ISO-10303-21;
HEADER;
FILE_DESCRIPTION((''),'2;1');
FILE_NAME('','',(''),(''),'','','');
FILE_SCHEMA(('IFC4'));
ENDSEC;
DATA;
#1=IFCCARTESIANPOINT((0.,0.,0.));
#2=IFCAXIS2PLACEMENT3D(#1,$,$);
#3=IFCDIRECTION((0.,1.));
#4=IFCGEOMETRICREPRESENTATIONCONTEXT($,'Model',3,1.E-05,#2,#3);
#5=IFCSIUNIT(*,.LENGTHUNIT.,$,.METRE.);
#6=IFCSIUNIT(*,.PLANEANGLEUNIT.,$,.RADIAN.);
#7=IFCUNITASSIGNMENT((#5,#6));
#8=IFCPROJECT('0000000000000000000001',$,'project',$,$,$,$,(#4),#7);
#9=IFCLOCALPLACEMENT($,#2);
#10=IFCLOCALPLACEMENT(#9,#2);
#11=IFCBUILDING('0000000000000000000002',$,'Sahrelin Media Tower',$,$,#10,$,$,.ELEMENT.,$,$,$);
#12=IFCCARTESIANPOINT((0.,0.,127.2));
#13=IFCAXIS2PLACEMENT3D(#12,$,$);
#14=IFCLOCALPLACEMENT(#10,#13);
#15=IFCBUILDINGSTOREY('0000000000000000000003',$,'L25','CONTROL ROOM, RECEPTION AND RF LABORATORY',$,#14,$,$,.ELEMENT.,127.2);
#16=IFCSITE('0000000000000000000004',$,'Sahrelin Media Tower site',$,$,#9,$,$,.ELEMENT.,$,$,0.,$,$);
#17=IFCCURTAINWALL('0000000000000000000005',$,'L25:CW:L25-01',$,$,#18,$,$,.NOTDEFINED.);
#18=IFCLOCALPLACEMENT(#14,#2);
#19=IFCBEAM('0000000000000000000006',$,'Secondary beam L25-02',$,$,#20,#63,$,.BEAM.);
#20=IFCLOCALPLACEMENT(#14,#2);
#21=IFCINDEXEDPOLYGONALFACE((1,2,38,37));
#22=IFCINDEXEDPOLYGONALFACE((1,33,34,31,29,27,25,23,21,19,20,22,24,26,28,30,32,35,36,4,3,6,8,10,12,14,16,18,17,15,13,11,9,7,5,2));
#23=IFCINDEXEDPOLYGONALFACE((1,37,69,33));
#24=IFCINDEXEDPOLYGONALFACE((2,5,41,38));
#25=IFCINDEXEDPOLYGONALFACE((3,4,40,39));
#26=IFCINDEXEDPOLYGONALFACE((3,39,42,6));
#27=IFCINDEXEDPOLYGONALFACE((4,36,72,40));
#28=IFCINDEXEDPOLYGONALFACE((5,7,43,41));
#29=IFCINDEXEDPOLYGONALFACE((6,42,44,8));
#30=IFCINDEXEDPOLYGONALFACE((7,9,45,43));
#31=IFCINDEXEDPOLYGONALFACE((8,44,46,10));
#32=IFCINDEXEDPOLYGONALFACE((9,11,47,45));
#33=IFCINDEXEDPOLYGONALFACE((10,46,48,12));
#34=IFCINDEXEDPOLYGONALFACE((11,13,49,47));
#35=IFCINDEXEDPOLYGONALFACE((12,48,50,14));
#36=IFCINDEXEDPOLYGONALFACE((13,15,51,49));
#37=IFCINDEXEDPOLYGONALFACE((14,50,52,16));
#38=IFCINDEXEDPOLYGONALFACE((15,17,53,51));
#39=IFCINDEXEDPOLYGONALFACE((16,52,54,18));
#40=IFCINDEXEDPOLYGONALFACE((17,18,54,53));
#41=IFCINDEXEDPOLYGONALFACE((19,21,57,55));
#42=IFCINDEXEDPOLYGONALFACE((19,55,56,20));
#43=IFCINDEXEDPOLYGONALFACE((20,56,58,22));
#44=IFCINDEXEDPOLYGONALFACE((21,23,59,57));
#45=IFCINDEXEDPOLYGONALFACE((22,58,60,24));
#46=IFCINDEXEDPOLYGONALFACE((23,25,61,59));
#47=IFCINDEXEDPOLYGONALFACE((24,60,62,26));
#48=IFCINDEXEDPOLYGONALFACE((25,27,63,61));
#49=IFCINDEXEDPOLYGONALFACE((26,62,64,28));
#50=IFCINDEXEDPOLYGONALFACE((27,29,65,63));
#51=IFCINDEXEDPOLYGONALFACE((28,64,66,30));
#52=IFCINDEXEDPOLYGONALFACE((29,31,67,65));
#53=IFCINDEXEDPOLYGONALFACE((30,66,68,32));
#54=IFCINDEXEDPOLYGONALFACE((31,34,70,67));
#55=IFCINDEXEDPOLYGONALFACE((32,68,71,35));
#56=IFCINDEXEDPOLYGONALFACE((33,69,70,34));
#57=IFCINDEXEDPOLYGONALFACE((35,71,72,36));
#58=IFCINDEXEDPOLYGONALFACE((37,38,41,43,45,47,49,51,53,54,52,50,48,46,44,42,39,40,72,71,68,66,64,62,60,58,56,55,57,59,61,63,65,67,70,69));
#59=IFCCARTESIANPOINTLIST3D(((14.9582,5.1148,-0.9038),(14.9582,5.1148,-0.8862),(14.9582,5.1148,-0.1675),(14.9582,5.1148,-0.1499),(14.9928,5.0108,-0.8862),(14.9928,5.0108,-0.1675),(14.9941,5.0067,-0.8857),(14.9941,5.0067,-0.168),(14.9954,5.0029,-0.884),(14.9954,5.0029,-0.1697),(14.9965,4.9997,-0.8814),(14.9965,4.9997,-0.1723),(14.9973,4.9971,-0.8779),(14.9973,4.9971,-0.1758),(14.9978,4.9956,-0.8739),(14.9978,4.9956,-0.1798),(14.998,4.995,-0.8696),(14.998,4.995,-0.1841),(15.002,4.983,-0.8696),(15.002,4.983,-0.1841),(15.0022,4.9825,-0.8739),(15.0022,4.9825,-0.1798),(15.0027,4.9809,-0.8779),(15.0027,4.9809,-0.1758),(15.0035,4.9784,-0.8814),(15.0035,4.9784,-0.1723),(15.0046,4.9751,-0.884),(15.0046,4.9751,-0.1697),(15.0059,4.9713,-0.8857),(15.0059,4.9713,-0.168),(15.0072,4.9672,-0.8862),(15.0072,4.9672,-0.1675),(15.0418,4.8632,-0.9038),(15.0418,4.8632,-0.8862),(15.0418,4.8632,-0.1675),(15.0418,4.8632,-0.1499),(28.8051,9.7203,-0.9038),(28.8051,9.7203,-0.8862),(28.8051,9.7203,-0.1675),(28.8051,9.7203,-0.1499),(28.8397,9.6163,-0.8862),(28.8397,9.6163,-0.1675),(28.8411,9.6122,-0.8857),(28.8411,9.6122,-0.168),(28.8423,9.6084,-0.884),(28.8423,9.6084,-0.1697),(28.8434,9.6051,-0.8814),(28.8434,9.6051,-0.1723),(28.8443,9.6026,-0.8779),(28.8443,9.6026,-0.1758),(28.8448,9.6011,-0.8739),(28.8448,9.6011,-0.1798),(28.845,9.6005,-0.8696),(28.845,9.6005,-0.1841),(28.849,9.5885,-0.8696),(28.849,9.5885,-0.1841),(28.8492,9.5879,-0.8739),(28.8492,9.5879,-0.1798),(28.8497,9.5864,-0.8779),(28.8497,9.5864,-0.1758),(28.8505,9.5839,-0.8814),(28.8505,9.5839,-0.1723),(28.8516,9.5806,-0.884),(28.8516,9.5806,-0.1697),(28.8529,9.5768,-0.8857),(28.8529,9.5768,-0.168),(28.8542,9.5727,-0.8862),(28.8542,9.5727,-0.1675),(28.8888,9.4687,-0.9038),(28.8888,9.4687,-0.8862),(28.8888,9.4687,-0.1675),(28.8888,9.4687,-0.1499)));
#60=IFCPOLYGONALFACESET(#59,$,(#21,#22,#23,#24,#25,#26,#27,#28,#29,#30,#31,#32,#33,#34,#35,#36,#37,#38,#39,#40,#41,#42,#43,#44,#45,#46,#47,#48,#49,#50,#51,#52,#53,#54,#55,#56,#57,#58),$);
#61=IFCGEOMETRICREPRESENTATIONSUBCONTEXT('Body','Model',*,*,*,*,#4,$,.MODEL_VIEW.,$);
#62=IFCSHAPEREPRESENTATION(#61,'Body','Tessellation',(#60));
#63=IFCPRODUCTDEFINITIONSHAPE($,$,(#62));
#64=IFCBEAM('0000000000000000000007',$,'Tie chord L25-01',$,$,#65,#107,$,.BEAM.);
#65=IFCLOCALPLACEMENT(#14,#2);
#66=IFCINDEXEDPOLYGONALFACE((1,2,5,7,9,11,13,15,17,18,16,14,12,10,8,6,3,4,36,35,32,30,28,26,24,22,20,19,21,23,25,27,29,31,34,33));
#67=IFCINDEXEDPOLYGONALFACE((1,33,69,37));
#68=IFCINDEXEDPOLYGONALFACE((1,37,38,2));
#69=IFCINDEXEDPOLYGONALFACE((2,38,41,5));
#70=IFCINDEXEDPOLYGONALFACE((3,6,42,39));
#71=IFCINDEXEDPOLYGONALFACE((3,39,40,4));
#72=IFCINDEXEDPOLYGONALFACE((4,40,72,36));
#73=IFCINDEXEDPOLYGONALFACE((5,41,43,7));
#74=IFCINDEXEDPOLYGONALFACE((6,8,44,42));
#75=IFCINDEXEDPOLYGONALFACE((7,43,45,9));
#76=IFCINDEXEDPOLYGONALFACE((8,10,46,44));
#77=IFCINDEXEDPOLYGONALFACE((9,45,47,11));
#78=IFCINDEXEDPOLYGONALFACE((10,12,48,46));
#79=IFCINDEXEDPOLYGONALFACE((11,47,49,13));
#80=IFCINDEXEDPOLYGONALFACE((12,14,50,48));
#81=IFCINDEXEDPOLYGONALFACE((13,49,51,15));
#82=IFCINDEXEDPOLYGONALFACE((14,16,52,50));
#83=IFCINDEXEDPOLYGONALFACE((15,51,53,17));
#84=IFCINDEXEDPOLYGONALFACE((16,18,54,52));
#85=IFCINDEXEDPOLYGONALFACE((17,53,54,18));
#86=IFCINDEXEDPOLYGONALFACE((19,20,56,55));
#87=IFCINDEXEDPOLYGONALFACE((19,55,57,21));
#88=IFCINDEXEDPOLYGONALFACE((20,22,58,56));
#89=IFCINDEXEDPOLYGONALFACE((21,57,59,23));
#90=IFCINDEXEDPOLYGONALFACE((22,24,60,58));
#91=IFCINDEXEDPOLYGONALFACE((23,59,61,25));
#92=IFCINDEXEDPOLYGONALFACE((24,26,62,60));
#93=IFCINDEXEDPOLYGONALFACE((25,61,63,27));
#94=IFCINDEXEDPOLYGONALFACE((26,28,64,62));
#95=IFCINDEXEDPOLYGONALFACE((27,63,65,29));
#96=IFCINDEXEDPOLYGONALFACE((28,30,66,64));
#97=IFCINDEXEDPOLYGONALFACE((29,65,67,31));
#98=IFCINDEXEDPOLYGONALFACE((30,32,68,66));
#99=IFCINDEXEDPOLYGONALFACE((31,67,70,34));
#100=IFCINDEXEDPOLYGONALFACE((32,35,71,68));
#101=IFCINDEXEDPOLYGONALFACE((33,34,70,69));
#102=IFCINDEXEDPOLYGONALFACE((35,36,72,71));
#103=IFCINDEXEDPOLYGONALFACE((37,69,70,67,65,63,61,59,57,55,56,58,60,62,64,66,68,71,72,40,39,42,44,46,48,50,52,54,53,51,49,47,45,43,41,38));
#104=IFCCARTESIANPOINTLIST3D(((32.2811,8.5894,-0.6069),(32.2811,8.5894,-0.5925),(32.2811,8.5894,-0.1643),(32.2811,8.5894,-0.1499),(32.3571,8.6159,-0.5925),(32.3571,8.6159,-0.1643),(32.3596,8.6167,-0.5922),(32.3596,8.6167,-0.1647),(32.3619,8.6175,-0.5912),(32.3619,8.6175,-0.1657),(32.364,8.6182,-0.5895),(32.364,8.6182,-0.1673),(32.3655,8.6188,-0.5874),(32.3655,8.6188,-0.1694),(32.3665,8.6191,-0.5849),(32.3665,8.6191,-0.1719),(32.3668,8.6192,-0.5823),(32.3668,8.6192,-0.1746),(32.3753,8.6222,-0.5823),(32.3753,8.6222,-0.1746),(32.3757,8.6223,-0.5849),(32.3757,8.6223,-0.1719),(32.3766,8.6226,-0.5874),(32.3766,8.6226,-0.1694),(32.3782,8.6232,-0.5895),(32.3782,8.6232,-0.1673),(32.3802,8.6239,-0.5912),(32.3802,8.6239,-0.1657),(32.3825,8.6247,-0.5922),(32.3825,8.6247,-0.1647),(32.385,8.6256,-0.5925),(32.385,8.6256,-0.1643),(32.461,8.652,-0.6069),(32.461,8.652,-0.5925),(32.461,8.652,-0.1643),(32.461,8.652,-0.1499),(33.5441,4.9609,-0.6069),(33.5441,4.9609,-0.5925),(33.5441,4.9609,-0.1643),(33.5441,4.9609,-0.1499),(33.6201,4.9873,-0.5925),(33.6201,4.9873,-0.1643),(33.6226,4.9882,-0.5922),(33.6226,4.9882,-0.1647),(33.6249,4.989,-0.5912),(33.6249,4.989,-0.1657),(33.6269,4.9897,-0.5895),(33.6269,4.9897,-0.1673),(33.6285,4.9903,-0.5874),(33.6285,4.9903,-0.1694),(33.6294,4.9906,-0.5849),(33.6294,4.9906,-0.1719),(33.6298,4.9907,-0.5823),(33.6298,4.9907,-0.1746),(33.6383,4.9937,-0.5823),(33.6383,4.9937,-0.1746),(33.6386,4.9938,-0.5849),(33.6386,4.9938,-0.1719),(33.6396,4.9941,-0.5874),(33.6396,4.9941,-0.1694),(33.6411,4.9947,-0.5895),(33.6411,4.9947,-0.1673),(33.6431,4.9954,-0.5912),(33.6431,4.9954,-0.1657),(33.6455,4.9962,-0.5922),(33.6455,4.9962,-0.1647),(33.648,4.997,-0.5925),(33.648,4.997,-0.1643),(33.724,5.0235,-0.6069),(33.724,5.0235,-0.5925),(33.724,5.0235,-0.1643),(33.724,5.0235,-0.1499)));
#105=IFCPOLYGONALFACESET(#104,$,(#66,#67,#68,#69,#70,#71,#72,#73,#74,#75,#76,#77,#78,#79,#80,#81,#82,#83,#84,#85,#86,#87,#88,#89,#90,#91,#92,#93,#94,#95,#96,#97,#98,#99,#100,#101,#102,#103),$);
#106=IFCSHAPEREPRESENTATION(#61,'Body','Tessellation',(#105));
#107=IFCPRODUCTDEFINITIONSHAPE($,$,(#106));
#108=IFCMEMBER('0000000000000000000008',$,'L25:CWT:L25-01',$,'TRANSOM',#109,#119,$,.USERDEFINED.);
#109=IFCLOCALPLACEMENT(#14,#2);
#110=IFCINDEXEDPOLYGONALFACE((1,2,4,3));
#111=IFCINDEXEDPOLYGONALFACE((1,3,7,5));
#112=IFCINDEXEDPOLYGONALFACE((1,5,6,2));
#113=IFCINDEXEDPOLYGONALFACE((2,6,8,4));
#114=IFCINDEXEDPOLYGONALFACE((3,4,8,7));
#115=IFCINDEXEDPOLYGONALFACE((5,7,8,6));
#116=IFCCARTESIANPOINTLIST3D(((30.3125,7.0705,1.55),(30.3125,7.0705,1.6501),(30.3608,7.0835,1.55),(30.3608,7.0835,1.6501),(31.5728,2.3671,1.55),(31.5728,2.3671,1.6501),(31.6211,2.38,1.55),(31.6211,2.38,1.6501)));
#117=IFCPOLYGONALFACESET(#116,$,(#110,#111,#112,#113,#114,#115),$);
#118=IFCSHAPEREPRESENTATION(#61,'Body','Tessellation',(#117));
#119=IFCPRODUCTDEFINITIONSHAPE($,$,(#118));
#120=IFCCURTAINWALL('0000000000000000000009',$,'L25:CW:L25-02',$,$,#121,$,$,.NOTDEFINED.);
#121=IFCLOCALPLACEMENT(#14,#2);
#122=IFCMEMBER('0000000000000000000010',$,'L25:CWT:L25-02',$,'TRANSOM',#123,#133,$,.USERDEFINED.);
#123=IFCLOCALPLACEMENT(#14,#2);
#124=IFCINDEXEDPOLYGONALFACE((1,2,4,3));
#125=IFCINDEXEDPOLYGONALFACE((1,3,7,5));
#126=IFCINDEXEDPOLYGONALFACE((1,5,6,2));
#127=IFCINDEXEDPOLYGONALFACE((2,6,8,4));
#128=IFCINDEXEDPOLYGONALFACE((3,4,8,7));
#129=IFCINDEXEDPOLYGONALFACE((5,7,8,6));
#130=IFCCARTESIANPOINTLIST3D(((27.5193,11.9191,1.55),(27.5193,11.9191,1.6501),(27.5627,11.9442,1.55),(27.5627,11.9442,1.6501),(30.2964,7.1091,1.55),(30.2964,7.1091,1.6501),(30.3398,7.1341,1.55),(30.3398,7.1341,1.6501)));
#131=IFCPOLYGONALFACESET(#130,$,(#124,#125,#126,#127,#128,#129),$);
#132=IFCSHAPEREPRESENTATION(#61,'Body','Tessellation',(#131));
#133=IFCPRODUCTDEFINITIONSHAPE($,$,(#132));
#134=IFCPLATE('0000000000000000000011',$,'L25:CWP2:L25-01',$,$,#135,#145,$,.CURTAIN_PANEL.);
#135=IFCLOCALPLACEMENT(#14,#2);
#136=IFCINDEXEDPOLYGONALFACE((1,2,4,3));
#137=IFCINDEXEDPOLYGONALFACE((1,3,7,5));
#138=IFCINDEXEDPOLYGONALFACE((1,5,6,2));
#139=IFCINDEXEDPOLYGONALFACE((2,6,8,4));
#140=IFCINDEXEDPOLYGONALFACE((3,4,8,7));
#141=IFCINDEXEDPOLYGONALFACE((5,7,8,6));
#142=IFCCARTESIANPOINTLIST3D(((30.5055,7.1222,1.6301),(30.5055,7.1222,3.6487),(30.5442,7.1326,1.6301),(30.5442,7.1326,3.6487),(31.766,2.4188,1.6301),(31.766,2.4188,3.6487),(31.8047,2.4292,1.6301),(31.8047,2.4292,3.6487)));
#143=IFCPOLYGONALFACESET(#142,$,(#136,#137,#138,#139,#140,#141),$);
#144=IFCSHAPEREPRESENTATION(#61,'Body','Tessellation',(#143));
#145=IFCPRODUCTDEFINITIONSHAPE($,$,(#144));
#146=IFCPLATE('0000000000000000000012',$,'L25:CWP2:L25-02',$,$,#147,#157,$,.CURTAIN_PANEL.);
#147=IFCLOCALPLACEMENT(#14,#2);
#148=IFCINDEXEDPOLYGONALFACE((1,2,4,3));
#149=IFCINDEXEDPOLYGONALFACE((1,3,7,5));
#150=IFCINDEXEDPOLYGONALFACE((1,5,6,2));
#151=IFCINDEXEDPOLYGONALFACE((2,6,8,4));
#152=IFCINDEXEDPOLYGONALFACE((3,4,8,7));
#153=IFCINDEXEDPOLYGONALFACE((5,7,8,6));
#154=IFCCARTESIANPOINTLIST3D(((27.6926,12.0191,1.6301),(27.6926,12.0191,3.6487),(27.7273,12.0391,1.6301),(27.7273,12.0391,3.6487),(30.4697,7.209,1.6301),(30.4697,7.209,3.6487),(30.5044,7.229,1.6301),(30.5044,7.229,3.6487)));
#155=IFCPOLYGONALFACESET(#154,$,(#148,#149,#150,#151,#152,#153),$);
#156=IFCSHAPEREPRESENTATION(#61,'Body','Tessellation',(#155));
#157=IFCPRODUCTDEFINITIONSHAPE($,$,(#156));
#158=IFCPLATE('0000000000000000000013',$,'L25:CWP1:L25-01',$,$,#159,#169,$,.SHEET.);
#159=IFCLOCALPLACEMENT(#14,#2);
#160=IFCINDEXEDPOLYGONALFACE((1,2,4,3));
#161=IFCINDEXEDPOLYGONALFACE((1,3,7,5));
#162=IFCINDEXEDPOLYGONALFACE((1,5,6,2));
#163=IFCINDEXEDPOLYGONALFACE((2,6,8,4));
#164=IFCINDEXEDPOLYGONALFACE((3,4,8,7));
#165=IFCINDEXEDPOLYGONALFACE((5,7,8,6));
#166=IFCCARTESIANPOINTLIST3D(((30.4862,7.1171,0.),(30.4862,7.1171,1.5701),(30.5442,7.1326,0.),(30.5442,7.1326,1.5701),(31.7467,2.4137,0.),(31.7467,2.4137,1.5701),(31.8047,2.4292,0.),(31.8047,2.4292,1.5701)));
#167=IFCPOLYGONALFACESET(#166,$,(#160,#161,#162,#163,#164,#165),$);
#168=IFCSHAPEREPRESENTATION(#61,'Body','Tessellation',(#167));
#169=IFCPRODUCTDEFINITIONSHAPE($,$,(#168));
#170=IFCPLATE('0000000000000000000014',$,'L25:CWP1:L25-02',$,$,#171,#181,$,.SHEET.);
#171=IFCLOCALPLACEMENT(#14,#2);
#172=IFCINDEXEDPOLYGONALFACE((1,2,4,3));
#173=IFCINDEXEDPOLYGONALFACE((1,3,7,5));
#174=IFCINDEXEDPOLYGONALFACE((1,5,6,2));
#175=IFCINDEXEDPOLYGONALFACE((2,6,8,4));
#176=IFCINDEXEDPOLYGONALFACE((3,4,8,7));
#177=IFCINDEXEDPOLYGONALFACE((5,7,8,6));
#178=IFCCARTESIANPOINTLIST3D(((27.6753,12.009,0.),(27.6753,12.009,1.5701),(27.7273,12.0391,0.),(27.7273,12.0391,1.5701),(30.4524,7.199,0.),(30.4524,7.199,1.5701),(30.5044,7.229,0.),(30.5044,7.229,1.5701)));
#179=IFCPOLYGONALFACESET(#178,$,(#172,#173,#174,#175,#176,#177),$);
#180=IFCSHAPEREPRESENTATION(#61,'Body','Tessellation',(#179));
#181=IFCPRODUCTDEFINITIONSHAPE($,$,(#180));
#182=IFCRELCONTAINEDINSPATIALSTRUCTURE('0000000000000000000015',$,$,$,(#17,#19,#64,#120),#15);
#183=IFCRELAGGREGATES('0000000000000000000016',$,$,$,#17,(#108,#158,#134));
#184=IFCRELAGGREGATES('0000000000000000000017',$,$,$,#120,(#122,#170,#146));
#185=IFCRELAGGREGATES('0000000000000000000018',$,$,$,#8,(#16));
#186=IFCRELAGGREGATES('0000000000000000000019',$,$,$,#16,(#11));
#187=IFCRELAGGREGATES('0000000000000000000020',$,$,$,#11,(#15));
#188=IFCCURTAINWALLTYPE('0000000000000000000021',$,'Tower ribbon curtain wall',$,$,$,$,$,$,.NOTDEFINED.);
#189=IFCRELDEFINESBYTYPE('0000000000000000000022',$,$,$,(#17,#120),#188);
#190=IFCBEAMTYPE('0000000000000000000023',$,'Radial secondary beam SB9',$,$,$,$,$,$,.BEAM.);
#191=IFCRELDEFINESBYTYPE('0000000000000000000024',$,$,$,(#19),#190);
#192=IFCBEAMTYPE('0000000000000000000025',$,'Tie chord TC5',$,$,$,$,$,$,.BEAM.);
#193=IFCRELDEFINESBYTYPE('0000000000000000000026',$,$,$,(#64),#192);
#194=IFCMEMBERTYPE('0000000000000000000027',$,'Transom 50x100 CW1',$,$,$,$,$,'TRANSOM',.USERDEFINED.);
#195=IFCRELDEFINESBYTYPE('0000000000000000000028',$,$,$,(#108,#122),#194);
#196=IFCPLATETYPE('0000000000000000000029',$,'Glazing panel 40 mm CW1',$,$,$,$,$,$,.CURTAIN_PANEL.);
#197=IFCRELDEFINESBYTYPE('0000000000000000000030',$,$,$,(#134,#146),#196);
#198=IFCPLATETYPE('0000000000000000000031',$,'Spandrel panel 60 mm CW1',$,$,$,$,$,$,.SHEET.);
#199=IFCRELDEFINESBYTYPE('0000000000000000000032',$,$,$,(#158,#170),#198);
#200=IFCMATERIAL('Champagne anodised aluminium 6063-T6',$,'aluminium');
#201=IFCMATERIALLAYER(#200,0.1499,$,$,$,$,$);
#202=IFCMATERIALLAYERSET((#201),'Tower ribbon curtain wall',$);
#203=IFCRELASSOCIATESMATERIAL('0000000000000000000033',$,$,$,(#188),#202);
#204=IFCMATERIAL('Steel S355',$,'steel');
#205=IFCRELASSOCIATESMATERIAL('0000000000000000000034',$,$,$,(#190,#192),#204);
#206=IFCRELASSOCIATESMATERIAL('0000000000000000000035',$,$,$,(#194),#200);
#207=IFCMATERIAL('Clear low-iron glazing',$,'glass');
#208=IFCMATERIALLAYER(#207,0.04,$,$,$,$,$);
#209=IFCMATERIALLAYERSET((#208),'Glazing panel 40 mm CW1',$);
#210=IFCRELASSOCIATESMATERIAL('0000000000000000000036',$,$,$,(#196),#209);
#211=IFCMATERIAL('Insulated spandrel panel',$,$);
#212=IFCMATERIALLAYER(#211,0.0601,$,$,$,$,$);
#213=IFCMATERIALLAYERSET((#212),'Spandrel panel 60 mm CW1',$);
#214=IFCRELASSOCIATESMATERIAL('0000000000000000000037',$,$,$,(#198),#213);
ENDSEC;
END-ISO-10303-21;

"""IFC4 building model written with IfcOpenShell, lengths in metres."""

from ifc_helpers import new_model, si_unit, direction, frame, origin, origin_2d, place, context, subcontext, project, spatial, polyline, rectangle, i_section, outline, extrude, material, layer, layer_set, material_profile, profile_set, type_object, element, aggregate, save


model = new_model("IFC4")

# Units and contexts
model_context = context("Model", 3, precision=1e-05, world=origin(), true_north=direction((0.0, 1.0)))
body_context = subcontext(model_context, "Body", "Model", "MODEL_VIEW")
ifc_project = project(units=[si_unit("LENGTHUNIT", "METRE"), si_unit("PLANEANGLEUNIT", "RADIAN")], contexts=[model_context])

# Site, building, storey
site_placement = place(None, origin())
site = spatial("IfcSite", under=ifc_project, at=site_placement, Name="Sahrelin Media Tower site", CompositionType="ELEMENT", RefElevation=0.0)
building_placement = place(site_placement, origin())
building = spatial("IfcBuilding", under=site, at=building_placement, Name="Sahrelin Media Tower", CompositionType="ELEMENT")
storey_placement = place(building_placement, frame((0.0, 0.0, 127.2)))
storey = spatial("IfcBuildingStorey", under=building, at=storey_placement, Name="L25", Description="CONTROL ROOM, RECEPTION AND RF LABORATORY", CompositionType="ELEMENT", Elevation=127.2)

# Shared definitions
ifc_material_1 = material(Name="Steel S355", Category="steel")

# Curtain wall
ifc_material_2 = material(Name="Champagne anodised aluminium 6063-T6", Category="aluminium")
ifc_layer_1 = layer(ifc_material_2, 0.1499)
ifc_layer_set_1 = layer_set([ifc_layer_1], Name="Tower ribbon curtain wall")
curtain_wall_type = type_object("IfcCurtainWallType", Name="Tower ribbon curtain wall", PredefinedType="NOTDEFINED", material=ifc_layer_set_1)
curtain_wall_1_placement = place(storey_placement, frame((31.155, 4.7756, 0.0), z_axis=(0.0, 0.0, 1.0), x_axis=(1.0, 0.0, 0.0)))
curtain_wall_1 = element("IfcCurtainWall", 1, at=curtain_wall_1_placement, inside=storey, type_object=curtain_wall_type, Name="L25:CW:L25-01", PredefinedType="NOTDEFINED")

# Beams
ifc_material_profile_1 = material_profile(ifc_material_1, i_section(OverallWidth=0.2651, OverallDepth=0.7539, WebThickness=0.0127, FlangeThickness=0.0176, FilletRadius=0.0166, at=origin_2d()), Name="UB 762x267x147")
ifc_profile_set_1 = profile_set([ifc_material_profile_1], Name="Steel S355")
beam_type_1 = type_object("IfcBeamType", Name="Radial secondary beam SB9", PredefinedType="BEAM", material=ifc_profile_set_1)
beam_1_placement = place(storey_placement, frame((15.0, 4.989, -0.5269), z_axis=(0.948892, 0.3156, 0.0), x_axis=(-0.3156, 0.948892, 0.0)))
element("IfcBeam", 2, at=beam_1_placement, inside=storey, type_object=beam_type_1, Name="Secondary beam L25-02", PredefinedType="BEAM", context=body_context, shape_type="SweptSolid", body=[
    extrude(i_section(OverallWidth=0.2651, OverallDepth=0.7539, WebThickness=0.0127, FlangeThickness=0.0176, FilletRadius=0.0166, at=origin_2d()), origin(), (0.0, 0.0, 1.0), 14.5928),
])
ifc_material_profile_2 = material_profile(ifc_material_1, i_section(OverallWidth=0.1904, OverallDepth=0.457, WebThickness=0.009, FlangeThickness=0.0144, FilletRadius=0.0103, at=origin_2d()), Name="UB 457x191x74")
ifc_profile_set_2 = profile_set([ifc_material_profile_2], Name="Steel S355")
beam_type_2 = type_object("IfcBeamType", Name="Tie chord TC5", PredefinedType="BEAM", material=ifc_profile_set_2)
beam_2_placement = place(storey_placement, frame((33.634, 4.9922, -0.3784), z_axis=(-0.328725, 0.944426, 0.0), x_axis=(-0.944426, -0.328725, 0.0)))
element("IfcBeam", 3, at=beam_2_placement, inside=storey, type_object=beam_type_2, Name="Tie chord L25-01", PredefinedType="BEAM", context=body_context, shape_type="SweptSolid", body=[
    extrude(i_section(OverallWidth=0.1904, OverallDepth=0.457, WebThickness=0.009, FlangeThickness=0.0144, FilletRadius=0.0103, at=origin_2d()), origin(), (0.0, 0.0, 1.0), 3.842),
])

# Member
ifc_material_profile_3 = material_profile(ifc_material_2, rectangle(XDim=0.05, YDim=0.1001, at=origin_2d()), Name="Transom 50x100")
ifc_profile_set_3 = profile_set([ifc_material_profile_3], Name="Champagne anodised aluminium 6063-T6")
member_type_1 = type_object("IfcMemberType", Name="Transom 50x100 CW1", ElementType="TRANSOM", PredefinedType="USERDEFINED", material=ifc_profile_set_3)
member_1_placement = place(storey_placement, frame((31.5969, 2.3735, 1.6001), z_axis=(-0.258817, 0.965926, 0.0), x_axis=(-0.965926, -0.258817, 0.0)))
member_1 = element("IfcMember", 4, at=member_1_placement, type_object=member_type_1, Name="L25:CWT:L25-01", ObjectType="TRANSOM", PredefinedType="USERDEFINED", context=body_context, shape_type="SweptSolid", body=[
    extrude(rectangle(XDim=0.05, YDim=0.1001, at=origin_2d()), origin(), (0.0, 0.0, 1.0), 4.8694),
])

# Curtain wall, member
curtain_wall_2_placement = place(storey_placement, frame((29.0984, 9.624, 0.0), z_axis=(0.0, 0.0, 1.0), x_axis=(1.0, 0.0, 0.0)))
curtain_wall_2 = element("IfcCurtainWall", 5, at=curtain_wall_2_placement, inside=storey, type_object=curtain_wall_type, Name="L25:CW:L25-02", PredefinedType="NOTDEFINED")
member_2_placement = place(storey_placement, frame((30.3181, 7.1216, 1.6001), z_axis=(-0.500001, 0.866025, 0.0), x_axis=(-0.866025, -0.500001, 0.0)))
member_2 = element("IfcMember", 6, at=member_2_placement, type_object=member_type_1, Name="L25:CWT:L25-02", ObjectType="TRANSOM", PredefinedType="USERDEFINED", context=body_context, shape_type="SweptSolid", body=[
    extrude(rectangle(XDim=0.05, YDim=0.1001, at=origin_2d()), origin(), (0.0, 0.0, 1.0), 5.5542),
])

# Plates
ifc_material_3 = material(Name="Clear low-iron glazing", Category="glass")
ifc_layer_2 = layer(ifc_material_3, 0.04)
ifc_layer_set_2 = layer_set([ifc_layer_2], Name="Glazing panel 40 mm CW1")
plate_type_1 = type_object("IfcPlateType", Name="Glazing panel 40 mm CW1", PredefinedType="CURTAIN_PANEL", material=ifc_layer_set_2)
plate_1_placement = place(storey_placement, frame((31.8047, 2.4292, 1.6301), z_axis=(0.965914, 0.258864, 0.0), x_axis=(-0.258864, 0.965914, 0.0)))
plate_1 = element("IfcPlate", 7, at=plate_1_placement, type_object=plate_type_1, Name="L25:CWP2:L25-01", PredefinedType="CURTAIN_PANEL", context=body_context, shape_type="SweptSolid", body=[
    extrude(outline(polyline([(0.0, 0.0), (4.8694, 0.0), (4.8694, 2.0186), (0.0, 2.0186), (0.0, 0.0)])), origin(), (0.0, 0.0, -1.0), 0.04),
])
plate_2_placement = place(storey_placement, frame((30.5044, 7.229, 1.6301), z_axis=(0.866025, 0.500001, 0.0), x_axis=(-0.500001, 0.866025, 0.0)))
plate_2 = element("IfcPlate", 8, at=plate_2_placement, type_object=plate_type_1, Name="L25:CWP2:L25-02", PredefinedType="CURTAIN_PANEL", context=body_context, shape_type="SweptSolid", body=[
    extrude(outline(polyline([(0.0, 0.0), (5.5542, 0.0), (5.5542, 2.0186), (0.0, 2.0186), (0.0, 0.0)])), origin(), (0.0, 0.0, -1.0), 0.04),
])
ifc_material_4 = material(Name="Insulated spandrel panel")
ifc_layer_3 = layer(ifc_material_4, 0.0601)
ifc_layer_set_3 = layer_set([ifc_layer_3], Name="Spandrel panel 60 mm CW1")
plate_type_2 = type_object("IfcPlateType", Name="Spandrel panel 60 mm CW1", PredefinedType="SHEET", material=ifc_layer_set_3)
plate_3_placement = place(storey_placement, frame((31.8047, 2.4292, 0.0), z_axis=(0.965914, 0.258864, 0.0), x_axis=(-0.258864, 0.965914, 0.0)))
plate_3 = element("IfcPlate", 9, at=plate_3_placement, type_object=plate_type_2, Name="L25:CWP1:L25-01", PredefinedType="SHEET", context=body_context, shape_type="SweptSolid", body=[
    extrude(outline(polyline([(0.0, 0.0), (4.8694, 0.0), (4.8694, 1.5701), (0.0, 1.5701), (0.0, 0.0)])), origin(), (0.0, 0.0, -1.0), 0.0601),
])
aggregate(curtain_wall_1, [member_1, plate_3, plate_1])
plate_4_placement = place(storey_placement, frame((30.5044, 7.229, 0.0), z_axis=(0.866025, 0.500001, 0.0), x_axis=(-0.500001, 0.866025, 0.0)))
plate_4 = element("IfcPlate", 10, at=plate_4_placement, type_object=plate_type_2, Name="L25:CWP1:L25-02", PredefinedType="SHEET", context=body_context, shape_type="SweptSolid", body=[
    extrude(outline(polyline([(0.0, 0.0), (5.5542, 0.0), (5.5542, 1.5701), (0.0, 1.5701), (0.0, 0.0)])), origin(), (0.0, 0.0, -1.0), 0.0601),
])
aggregate(curtain_wall_2, [member_2, plate_4, plate_2])

save(model, "model.ifc")
